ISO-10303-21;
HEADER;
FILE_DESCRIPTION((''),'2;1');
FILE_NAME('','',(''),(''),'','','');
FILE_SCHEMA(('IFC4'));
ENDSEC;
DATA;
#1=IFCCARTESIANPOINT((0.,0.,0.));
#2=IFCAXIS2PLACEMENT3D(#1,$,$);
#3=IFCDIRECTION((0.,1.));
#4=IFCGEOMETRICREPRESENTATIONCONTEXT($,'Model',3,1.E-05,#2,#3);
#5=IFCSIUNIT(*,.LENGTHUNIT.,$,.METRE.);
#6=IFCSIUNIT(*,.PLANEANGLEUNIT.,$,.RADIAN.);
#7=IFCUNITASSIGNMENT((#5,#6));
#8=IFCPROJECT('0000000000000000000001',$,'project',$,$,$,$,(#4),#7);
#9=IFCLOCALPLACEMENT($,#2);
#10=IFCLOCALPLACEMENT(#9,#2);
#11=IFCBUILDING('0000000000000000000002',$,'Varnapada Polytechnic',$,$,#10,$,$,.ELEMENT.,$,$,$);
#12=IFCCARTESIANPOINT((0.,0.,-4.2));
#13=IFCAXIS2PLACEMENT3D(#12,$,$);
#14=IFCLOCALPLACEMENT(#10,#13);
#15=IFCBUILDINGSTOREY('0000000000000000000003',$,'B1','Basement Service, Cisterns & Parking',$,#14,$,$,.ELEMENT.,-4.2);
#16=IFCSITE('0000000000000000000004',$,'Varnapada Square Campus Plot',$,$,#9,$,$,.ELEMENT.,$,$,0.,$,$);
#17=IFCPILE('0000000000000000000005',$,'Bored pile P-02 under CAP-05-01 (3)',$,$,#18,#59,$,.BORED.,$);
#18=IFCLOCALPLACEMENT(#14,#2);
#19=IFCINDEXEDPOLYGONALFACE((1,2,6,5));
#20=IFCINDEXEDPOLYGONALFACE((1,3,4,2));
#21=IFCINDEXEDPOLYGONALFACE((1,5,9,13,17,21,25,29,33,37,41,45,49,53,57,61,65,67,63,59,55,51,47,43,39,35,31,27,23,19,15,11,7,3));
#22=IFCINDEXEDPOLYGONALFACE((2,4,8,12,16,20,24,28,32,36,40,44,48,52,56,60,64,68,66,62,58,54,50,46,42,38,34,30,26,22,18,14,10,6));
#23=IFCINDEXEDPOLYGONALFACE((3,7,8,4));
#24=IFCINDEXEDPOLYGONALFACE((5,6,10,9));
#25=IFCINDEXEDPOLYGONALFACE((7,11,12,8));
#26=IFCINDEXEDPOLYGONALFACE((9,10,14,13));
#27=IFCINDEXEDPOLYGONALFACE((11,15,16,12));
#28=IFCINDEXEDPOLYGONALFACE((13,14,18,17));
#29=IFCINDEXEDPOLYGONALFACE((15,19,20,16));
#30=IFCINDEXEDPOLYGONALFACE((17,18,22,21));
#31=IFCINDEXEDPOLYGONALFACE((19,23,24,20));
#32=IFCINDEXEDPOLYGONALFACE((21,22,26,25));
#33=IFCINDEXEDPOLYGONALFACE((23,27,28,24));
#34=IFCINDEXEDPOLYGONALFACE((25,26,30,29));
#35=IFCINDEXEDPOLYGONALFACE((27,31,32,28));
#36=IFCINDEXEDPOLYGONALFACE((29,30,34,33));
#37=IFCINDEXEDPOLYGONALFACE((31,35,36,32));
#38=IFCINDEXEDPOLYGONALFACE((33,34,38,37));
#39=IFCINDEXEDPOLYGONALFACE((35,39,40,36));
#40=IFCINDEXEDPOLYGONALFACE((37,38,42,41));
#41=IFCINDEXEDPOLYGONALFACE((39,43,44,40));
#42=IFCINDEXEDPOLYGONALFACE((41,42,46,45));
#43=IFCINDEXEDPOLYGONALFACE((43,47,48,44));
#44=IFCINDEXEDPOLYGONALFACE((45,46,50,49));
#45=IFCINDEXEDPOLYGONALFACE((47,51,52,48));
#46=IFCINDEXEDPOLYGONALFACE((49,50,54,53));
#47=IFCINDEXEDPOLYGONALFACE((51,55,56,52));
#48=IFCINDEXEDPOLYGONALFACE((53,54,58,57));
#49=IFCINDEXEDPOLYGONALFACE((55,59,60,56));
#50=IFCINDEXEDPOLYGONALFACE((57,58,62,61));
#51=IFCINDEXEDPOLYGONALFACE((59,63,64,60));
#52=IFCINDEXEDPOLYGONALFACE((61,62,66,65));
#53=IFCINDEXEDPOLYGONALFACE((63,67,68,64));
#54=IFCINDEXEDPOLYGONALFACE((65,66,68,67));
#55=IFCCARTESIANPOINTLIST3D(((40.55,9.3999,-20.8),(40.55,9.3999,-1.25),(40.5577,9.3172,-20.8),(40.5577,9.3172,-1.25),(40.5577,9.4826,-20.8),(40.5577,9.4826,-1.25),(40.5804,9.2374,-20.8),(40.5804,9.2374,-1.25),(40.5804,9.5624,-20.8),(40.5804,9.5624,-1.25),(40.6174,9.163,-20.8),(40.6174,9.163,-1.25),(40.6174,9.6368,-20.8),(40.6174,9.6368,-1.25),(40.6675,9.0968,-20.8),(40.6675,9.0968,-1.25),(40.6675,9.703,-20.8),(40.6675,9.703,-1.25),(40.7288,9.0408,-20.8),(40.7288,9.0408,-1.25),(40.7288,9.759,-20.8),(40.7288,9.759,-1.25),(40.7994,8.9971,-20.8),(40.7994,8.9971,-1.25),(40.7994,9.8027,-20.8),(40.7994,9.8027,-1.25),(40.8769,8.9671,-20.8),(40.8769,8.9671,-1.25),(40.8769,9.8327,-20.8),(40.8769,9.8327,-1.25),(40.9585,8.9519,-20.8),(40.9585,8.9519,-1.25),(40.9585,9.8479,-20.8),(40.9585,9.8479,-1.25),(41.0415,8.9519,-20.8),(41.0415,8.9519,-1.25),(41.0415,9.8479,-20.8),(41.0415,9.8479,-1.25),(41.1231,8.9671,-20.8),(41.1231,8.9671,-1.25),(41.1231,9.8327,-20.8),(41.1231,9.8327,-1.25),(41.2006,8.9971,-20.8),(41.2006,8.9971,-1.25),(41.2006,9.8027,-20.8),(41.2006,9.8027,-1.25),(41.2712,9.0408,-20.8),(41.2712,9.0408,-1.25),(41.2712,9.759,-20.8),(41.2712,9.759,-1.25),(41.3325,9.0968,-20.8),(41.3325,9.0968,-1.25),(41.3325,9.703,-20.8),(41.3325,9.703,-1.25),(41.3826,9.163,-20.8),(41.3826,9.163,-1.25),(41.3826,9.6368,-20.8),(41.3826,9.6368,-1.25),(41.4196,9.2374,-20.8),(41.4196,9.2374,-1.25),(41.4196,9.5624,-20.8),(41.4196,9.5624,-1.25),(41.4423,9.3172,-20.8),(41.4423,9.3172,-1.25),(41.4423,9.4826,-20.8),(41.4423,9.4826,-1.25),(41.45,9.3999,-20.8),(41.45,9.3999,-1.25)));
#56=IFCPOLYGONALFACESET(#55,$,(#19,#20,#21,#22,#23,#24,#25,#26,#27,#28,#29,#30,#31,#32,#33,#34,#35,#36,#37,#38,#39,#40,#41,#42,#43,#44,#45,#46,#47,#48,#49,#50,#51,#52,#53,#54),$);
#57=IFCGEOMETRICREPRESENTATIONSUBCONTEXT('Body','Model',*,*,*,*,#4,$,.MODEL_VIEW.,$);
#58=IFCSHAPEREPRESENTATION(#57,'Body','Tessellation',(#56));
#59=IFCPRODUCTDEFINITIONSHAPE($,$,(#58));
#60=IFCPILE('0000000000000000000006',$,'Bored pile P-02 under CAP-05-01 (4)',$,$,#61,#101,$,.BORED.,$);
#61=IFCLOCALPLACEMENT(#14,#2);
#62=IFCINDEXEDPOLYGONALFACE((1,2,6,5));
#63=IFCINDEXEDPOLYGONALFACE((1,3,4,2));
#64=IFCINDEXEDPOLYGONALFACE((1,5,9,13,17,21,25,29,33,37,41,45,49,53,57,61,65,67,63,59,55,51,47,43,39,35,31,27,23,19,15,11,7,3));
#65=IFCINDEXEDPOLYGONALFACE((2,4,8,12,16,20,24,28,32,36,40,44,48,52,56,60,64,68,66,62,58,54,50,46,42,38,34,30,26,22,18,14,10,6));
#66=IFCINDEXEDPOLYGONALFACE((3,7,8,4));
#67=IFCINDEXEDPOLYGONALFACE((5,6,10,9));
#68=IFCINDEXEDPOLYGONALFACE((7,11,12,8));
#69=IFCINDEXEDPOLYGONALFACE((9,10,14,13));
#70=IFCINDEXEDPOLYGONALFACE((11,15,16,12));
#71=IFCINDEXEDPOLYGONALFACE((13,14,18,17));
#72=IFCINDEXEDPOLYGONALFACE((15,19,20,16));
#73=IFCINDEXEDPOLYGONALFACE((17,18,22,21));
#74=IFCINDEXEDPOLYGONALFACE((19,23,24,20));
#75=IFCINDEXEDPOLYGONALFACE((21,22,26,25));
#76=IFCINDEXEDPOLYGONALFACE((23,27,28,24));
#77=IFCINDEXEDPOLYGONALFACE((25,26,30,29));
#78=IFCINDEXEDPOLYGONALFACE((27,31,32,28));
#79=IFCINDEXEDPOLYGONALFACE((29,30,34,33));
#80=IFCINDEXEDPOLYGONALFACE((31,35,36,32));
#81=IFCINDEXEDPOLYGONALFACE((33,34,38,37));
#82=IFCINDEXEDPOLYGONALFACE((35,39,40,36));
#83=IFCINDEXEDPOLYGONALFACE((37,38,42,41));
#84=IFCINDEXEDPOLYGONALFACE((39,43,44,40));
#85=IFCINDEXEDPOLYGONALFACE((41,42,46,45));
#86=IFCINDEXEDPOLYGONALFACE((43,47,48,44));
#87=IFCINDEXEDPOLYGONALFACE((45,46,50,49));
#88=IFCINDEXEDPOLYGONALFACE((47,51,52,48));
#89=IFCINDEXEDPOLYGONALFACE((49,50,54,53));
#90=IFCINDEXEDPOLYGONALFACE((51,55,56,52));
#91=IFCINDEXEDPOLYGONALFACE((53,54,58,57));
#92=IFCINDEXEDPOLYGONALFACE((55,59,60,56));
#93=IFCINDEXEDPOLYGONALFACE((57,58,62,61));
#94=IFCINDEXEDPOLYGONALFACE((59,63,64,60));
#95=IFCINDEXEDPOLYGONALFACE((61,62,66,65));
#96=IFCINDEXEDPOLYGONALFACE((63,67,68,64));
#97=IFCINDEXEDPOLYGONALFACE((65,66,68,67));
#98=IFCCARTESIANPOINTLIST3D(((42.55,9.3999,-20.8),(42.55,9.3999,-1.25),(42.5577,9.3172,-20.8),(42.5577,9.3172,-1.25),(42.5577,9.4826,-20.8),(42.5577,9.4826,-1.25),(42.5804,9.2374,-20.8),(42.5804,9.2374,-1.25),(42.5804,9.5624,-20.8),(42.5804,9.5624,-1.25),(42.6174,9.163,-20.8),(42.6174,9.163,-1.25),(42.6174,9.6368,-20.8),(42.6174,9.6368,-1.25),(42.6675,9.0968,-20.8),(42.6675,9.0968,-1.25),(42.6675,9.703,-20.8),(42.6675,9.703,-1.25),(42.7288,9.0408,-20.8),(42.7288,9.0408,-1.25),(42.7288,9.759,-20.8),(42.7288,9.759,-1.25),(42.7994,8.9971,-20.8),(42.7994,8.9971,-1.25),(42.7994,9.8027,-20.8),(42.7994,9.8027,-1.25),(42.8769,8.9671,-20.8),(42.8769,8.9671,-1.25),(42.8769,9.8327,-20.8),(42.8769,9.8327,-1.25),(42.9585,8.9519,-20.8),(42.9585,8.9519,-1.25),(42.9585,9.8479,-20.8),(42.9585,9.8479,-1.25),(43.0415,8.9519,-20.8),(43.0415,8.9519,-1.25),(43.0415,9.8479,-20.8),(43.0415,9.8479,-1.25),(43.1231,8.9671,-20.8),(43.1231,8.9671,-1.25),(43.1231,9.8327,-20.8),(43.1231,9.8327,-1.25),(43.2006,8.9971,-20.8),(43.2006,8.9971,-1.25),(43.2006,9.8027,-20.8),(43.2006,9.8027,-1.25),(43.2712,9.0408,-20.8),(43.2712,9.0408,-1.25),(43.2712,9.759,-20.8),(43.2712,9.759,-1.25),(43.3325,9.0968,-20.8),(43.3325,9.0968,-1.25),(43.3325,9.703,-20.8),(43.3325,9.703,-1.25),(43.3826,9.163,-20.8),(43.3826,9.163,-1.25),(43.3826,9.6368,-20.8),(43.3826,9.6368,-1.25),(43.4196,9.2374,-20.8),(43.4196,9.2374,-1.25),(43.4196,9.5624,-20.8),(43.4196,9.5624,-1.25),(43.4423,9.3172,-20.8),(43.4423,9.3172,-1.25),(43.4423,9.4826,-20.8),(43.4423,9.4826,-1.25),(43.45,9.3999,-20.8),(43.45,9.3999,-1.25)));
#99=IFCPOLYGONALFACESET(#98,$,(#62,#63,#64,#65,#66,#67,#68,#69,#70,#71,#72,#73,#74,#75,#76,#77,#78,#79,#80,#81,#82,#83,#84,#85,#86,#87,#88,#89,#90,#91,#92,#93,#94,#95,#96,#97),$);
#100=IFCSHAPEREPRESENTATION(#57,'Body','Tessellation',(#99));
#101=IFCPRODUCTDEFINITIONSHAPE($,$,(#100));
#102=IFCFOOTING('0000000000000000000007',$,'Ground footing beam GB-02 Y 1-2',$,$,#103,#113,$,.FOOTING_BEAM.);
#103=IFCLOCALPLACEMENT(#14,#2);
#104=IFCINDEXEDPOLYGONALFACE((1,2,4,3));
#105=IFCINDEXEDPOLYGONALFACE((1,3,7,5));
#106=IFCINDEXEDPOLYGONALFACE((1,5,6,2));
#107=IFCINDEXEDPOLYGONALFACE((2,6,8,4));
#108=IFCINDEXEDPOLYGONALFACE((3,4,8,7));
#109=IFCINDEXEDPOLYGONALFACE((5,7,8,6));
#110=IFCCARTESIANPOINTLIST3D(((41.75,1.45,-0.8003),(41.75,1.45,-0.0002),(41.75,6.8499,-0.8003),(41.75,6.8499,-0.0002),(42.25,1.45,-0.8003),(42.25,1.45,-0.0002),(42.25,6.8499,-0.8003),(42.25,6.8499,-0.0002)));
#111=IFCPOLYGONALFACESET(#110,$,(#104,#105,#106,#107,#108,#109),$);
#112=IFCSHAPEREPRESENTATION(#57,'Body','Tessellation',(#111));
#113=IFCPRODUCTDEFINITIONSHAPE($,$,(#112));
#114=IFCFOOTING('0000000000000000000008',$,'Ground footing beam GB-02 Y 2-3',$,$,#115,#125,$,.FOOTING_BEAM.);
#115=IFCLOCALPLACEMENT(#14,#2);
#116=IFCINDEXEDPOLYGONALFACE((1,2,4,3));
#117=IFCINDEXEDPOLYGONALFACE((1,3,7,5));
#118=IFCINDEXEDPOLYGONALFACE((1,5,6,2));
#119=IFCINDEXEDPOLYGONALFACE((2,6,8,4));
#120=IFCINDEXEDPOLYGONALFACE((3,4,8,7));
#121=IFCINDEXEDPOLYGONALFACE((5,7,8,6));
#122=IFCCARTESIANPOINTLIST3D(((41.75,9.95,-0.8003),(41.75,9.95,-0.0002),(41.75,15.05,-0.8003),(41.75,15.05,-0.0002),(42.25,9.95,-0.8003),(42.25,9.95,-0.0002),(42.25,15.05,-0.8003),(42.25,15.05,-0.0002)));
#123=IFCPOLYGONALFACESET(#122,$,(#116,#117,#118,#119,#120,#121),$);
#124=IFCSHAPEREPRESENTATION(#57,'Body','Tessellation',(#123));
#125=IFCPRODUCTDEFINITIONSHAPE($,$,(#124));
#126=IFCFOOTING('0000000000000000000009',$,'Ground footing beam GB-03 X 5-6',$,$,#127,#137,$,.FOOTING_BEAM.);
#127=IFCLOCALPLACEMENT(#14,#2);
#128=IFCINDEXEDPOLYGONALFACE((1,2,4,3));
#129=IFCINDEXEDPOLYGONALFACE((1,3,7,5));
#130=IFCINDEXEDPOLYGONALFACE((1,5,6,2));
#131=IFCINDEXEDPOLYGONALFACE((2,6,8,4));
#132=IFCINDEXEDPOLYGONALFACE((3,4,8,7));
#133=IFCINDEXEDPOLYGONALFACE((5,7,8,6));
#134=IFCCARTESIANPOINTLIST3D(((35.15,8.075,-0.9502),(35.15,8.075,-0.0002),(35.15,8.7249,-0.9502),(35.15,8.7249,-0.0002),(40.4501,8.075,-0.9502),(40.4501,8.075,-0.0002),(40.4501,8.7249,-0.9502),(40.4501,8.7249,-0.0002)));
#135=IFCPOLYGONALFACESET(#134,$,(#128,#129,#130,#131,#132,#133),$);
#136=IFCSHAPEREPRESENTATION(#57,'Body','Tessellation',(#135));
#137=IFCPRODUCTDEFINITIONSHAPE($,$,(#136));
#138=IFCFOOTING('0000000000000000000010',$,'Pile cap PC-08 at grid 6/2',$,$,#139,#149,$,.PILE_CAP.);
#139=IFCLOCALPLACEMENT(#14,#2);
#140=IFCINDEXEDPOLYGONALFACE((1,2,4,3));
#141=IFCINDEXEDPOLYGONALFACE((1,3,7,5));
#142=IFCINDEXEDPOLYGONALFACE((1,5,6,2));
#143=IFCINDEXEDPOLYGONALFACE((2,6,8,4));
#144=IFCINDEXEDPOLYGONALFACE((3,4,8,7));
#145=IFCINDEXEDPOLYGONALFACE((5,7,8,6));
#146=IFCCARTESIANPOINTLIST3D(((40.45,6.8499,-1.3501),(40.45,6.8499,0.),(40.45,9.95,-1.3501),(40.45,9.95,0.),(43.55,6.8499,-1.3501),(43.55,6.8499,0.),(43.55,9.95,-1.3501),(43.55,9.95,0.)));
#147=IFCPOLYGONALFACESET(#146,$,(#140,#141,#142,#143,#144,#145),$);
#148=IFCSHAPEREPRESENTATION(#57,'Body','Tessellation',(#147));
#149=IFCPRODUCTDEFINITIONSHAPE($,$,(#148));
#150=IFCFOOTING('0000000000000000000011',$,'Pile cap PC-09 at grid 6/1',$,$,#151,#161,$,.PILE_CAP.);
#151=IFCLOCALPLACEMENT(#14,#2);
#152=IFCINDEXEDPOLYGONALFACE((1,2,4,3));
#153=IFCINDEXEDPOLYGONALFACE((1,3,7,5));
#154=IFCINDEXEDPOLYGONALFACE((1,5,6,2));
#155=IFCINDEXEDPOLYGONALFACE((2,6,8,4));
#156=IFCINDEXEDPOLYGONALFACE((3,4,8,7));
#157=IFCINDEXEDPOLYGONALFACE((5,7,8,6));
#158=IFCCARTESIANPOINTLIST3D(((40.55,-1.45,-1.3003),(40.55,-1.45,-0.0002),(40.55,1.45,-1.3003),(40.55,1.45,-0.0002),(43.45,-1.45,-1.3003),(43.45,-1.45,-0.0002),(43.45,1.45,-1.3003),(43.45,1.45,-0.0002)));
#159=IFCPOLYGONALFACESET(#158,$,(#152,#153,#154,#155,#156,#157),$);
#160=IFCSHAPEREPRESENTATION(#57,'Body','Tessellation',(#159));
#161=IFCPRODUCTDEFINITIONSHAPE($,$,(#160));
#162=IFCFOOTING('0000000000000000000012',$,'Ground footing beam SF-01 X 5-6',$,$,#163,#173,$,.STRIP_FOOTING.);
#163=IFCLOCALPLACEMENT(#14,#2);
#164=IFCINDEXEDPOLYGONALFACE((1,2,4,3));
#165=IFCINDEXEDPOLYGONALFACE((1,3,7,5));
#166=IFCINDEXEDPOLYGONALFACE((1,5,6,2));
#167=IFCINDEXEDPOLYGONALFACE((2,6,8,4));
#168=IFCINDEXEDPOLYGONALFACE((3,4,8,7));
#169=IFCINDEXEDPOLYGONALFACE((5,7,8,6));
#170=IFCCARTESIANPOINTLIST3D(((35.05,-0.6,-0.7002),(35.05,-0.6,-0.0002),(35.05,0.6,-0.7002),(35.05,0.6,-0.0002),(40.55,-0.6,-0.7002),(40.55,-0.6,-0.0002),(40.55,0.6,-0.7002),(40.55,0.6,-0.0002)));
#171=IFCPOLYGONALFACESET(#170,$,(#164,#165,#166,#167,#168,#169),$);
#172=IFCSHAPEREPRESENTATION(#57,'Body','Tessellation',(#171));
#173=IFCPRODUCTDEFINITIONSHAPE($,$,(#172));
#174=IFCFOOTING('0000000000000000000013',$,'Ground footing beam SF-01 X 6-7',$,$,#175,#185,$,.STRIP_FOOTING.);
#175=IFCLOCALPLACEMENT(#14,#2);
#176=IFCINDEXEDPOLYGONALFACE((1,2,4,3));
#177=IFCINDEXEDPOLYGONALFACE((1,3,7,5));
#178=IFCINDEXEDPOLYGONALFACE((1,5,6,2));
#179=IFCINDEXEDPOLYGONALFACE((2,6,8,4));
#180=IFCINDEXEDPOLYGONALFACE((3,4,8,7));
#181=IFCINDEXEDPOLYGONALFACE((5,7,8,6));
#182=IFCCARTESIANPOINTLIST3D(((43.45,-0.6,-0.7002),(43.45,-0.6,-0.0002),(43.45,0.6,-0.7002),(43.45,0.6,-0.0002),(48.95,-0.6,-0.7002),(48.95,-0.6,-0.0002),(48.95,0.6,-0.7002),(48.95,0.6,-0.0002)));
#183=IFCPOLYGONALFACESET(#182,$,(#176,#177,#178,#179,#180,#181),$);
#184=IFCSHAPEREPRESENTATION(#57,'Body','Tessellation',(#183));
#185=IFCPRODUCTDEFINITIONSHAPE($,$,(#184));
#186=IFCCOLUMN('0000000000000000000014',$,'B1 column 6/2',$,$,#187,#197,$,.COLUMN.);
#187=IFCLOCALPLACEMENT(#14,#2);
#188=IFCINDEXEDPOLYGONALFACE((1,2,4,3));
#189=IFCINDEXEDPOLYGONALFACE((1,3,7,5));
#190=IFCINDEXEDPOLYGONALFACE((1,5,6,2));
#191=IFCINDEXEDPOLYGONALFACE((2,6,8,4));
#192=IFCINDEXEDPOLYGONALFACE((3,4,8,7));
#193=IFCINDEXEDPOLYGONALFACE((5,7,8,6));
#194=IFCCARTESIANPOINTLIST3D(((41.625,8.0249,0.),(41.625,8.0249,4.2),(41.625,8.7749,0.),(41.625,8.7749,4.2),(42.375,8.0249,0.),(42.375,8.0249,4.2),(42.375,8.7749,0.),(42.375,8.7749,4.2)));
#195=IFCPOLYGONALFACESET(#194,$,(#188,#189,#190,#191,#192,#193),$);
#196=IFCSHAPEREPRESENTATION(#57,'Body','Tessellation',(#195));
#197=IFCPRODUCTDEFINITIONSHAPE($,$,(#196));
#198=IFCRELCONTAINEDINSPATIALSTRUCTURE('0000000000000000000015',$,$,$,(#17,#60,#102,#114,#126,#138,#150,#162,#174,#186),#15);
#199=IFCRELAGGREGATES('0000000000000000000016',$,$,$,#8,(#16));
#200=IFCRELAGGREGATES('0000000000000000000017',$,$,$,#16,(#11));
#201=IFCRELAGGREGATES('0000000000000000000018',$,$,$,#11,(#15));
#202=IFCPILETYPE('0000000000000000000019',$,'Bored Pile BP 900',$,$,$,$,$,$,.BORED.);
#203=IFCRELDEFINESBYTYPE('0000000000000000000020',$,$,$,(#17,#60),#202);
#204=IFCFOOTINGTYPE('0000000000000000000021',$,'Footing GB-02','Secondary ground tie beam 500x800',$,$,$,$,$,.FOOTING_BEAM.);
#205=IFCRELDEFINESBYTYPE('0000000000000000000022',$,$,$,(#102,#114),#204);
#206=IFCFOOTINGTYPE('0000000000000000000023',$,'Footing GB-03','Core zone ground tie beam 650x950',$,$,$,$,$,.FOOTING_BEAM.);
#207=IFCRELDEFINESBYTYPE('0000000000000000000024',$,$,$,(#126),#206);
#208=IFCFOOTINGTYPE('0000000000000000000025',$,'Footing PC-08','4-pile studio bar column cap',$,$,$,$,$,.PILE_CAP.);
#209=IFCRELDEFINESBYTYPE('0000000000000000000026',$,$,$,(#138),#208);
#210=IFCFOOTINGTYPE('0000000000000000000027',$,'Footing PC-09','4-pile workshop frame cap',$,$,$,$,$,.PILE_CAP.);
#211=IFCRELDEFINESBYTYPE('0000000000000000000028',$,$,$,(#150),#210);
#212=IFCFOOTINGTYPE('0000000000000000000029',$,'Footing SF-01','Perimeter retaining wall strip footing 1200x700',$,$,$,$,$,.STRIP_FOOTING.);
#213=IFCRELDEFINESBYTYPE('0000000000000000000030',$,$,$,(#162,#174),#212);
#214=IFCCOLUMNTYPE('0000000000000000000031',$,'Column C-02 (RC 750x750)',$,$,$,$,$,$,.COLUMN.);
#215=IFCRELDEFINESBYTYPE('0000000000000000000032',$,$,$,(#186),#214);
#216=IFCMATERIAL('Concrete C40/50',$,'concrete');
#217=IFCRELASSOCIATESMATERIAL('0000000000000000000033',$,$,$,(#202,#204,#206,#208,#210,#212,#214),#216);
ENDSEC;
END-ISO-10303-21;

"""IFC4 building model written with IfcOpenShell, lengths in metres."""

from ifc_helpers import new_model, si_unit, direction, frame, origin, origin_2d, place, context, subcontext, project, spatial, rectangle, circle, extrude, material, material_profile, profile_set, type_object, element, save


model = new_model("IFC4")

# Units and contexts
model_context = context("Model", 3, precision=1e-05, world=origin(), true_north=direction((0.0, 1.0)))
body_context = subcontext(model_context, "Body", "Model", "MODEL_VIEW")
ifc_project = project(units=[si_unit("LENGTHUNIT", "METRE"), si_unit("PLANEANGLEUNIT", "RADIAN")], contexts=[model_context])

# Site, building, storey
site_placement = place(None, origin())
site = spatial("IfcSite", under=ifc_project, at=site_placement, Name="Varnapada Square Campus Plot", CompositionType="ELEMENT", RefElevation=0.0)
building_placement = place(site_placement, origin())
building = spatial("IfcBuilding", under=site, at=building_placement, Name="Varnapada Polytechnic", CompositionType="ELEMENT")
storey_placement = place(building_placement, frame((0.0, 0.0, -4.2)))
storey = spatial("IfcBuildingStorey", under=building, at=storey_placement, Name="B1", Description="Basement Service, Cisterns & Parking", CompositionType="ELEMENT", Elevation=-4.2)

# Piles
ifc_material_1 = material(Name="Concrete C40/50", Category="concrete")
ifc_material_profile_1 = material_profile(ifc_material_1, circle(Radius=0.45, at=origin_2d()), Name="BP 900")
ifc_profile_set_1 = profile_set([ifc_material_profile_1], Name="Concrete C40/50")
pile_type_1 = type_object("IfcPileType", Name="Bored Pile BP 900", PredefinedType="BORED", material=ifc_profile_set_1)
for number, where, z_axis, x_axis, name in (
    (1, (41.0, 9.3999, -1.25), (0.0, 0.0, -1.0), (1.0, 0.0, 0.0), "Bored pile P-02 under CAP-05-01 (3)"),
    (2, (43.0, 9.3999, -1.25), (0.0, 0.0, -1.0), (1.0, 0.0, 0.0), "Bored pile P-02 under CAP-05-01 (4)"),
):
    element("IfcPile", number, at=place(storey_placement, frame(where, z_axis=z_axis, x_axis=x_axis)), inside=storey, type_object=pile_type_1, Name=name, PredefinedType="BORED", context=body_context, shape_type="SweptSolid", body=[
        extrude(circle(Radius=0.45, at=origin_2d()), origin(), (0.0, 0.0, 1.0), 19.55),
    ])

# Footings
footing_type_1 = type_object("IfcFootingType", Name="Footing GB-02", Description="Secondary ground tie beam 500x800", PredefinedType="FOOTING_BEAM", material=ifc_material_1)
footing_1_placement = place(storey_placement, frame((42.0, 4.1499, -0.8003), z_axis=(0.0, 0.0, 1.0), x_axis=(0.0, 1.0, 0.0)))
element("IfcFooting", 3, at=footing_1_placement, inside=storey, type_object=footing_type_1, Name="Ground footing beam GB-02 Y 1-2", PredefinedType="FOOTING_BEAM", context=body_context, shape_type="SweptSolid", body=[
    extrude(rectangle(XDim=5.3999, YDim=0.5, at=origin_2d()), origin(), (0.0, 0.0, 1.0), 0.8),
])
footing_2_placement = place(storey_placement, frame((42.0, 12.5, -0.8003), z_axis=(0.0, 0.0, 1.0), x_axis=(0.0, 1.0, 0.0)))
element("IfcFooting", 4, at=footing_2_placement, inside=storey, type_object=footing_type_1, Name="Ground footing beam GB-02 Y 2-3", PredefinedType="FOOTING_BEAM", context=body_context, shape_type="SweptSolid", body=[
    extrude(rectangle(XDim=5.1001, YDim=0.5, at=origin_2d()), origin(), (0.0, 0.0, 1.0), 0.8),
])
footing_type_2 = type_object("IfcFootingType", Name="Footing GB-03", Description="Core zone ground tie beam 650x950", PredefinedType="FOOTING_BEAM", material=ifc_material_1)
footing_3_placement = place(storey_placement, frame((37.8, 8.3999, -0.9502), z_axis=(0.0, 0.0, 1.0), x_axis=(1.0, 0.0, 0.0)))
element("IfcFooting", 5, at=footing_3_placement, inside=storey, type_object=footing_type_2, Name="Ground footing beam GB-03 X 5-6", PredefinedType="FOOTING_BEAM", context=body_context, shape_type="SweptSolid", body=[
    extrude(rectangle(XDim=5.3, YDim=0.6499, at=origin_2d()), origin(), (0.0, 0.0, 1.0), 0.95),
])
footing_type_3 = type_object("IfcFootingType", Name="Footing PC-08", Description="4-pile studio bar column cap", PredefinedType="PILE_CAP", material=ifc_material_1)
footing_4_placement = place(storey_placement, frame((42.0, 8.3999, -1.3501), z_axis=(0.0, 0.0, 1.0), x_axis=(1.0, 0.0, 0.0)))
element("IfcFooting", 6, at=footing_4_placement, inside=storey, type_object=footing_type_3, Name="Pile cap PC-08 at grid 6/2", PredefinedType="PILE_CAP", context=body_context, shape_type="SweptSolid", body=[
    extrude(rectangle(XDim=3.1001, YDim=3.1001, at=origin_2d()), origin(), (0.0, 0.0, 1.0), 1.3501),
])
footing_type_4 = type_object("IfcFootingType", Name="Footing PC-09", Description="4-pile workshop frame cap", PredefinedType="PILE_CAP", material=ifc_material_1)
footing_5_placement = place(storey_placement, frame((42.0, 0.0, -1.3003), z_axis=(0.0, 0.0, 1.0), x_axis=(1.0, 0.0, 0.0)))
element("IfcFooting", 7, at=footing_5_placement, inside=storey, type_object=footing_type_4, Name="Pile cap PC-09 at grid 6/1", PredefinedType="PILE_CAP", context=body_context, shape_type="SweptSolid", body=[
    extrude(rectangle(XDim=2.8999, YDim=2.8999, at=origin_2d()), origin(), (0.0, 0.0, 1.0), 1.3),
])
footing_type_5 = type_object("IfcFootingType", Name="Footing SF-01", Description="Perimeter retaining wall strip footing 1200x700", PredefinedType="STRIP_FOOTING", material=ifc_material_1)
for number, where, z_axis, x_axis, name in (
    (8, (37.8, 0.0, -0.7002), (0.0, 0.0, 1.0), (1.0, 0.0, 0.0), "Ground footing beam SF-01 X 5-6"),
    (9, (46.2, 0.0, -0.7002), (0.0, 0.0, 1.0), (1.0, 0.0, 0.0), "Ground footing beam SF-01 X 6-7"),
):
    element("IfcFooting", number, at=place(storey_placement, frame(where, z_axis=z_axis, x_axis=x_axis)), inside=storey, type_object=footing_type_5, Name=name, PredefinedType="STRIP_FOOTING", context=body_context, shape_type="SweptSolid", body=[
        extrude(rectangle(XDim=5.5, YDim=1.2, at=origin_2d()), origin(), (0.0, 0.0, 1.0), 0.7),
    ])

# Column
ifc_material_profile_2 = material_profile(ifc_material_1, rectangle(XDim=0.75, YDim=0.75, at=origin_2d()), Name="RC 750x750")
ifc_profile_set_2 = profile_set([ifc_material_profile_2], Name="Concrete C40/50")
column_type_1 = type_object("IfcColumnType", Name="Column C-02 (RC 750x750)", PredefinedType="COLUMN", material=ifc_profile_set_2)
column_1_placement = place(storey_placement, frame((42.0, 8.3999, 0.0), z_axis=(0.0, 0.0, 1.0), x_axis=(1.0, 0.0, 0.0)))
element("IfcColumn", 10, at=column_1_placement, inside=storey, type_object=column_type_1, Name="B1 column 6/2", PredefinedType="COLUMN", context=body_context, shape_type="SweptSolid", body=[
    extrude(rectangle(XDim=0.75, YDim=0.75, at=origin_2d()), origin(), (0.0, 0.0, 1.0), 4.2),
])

save(model, "model.ifc")
